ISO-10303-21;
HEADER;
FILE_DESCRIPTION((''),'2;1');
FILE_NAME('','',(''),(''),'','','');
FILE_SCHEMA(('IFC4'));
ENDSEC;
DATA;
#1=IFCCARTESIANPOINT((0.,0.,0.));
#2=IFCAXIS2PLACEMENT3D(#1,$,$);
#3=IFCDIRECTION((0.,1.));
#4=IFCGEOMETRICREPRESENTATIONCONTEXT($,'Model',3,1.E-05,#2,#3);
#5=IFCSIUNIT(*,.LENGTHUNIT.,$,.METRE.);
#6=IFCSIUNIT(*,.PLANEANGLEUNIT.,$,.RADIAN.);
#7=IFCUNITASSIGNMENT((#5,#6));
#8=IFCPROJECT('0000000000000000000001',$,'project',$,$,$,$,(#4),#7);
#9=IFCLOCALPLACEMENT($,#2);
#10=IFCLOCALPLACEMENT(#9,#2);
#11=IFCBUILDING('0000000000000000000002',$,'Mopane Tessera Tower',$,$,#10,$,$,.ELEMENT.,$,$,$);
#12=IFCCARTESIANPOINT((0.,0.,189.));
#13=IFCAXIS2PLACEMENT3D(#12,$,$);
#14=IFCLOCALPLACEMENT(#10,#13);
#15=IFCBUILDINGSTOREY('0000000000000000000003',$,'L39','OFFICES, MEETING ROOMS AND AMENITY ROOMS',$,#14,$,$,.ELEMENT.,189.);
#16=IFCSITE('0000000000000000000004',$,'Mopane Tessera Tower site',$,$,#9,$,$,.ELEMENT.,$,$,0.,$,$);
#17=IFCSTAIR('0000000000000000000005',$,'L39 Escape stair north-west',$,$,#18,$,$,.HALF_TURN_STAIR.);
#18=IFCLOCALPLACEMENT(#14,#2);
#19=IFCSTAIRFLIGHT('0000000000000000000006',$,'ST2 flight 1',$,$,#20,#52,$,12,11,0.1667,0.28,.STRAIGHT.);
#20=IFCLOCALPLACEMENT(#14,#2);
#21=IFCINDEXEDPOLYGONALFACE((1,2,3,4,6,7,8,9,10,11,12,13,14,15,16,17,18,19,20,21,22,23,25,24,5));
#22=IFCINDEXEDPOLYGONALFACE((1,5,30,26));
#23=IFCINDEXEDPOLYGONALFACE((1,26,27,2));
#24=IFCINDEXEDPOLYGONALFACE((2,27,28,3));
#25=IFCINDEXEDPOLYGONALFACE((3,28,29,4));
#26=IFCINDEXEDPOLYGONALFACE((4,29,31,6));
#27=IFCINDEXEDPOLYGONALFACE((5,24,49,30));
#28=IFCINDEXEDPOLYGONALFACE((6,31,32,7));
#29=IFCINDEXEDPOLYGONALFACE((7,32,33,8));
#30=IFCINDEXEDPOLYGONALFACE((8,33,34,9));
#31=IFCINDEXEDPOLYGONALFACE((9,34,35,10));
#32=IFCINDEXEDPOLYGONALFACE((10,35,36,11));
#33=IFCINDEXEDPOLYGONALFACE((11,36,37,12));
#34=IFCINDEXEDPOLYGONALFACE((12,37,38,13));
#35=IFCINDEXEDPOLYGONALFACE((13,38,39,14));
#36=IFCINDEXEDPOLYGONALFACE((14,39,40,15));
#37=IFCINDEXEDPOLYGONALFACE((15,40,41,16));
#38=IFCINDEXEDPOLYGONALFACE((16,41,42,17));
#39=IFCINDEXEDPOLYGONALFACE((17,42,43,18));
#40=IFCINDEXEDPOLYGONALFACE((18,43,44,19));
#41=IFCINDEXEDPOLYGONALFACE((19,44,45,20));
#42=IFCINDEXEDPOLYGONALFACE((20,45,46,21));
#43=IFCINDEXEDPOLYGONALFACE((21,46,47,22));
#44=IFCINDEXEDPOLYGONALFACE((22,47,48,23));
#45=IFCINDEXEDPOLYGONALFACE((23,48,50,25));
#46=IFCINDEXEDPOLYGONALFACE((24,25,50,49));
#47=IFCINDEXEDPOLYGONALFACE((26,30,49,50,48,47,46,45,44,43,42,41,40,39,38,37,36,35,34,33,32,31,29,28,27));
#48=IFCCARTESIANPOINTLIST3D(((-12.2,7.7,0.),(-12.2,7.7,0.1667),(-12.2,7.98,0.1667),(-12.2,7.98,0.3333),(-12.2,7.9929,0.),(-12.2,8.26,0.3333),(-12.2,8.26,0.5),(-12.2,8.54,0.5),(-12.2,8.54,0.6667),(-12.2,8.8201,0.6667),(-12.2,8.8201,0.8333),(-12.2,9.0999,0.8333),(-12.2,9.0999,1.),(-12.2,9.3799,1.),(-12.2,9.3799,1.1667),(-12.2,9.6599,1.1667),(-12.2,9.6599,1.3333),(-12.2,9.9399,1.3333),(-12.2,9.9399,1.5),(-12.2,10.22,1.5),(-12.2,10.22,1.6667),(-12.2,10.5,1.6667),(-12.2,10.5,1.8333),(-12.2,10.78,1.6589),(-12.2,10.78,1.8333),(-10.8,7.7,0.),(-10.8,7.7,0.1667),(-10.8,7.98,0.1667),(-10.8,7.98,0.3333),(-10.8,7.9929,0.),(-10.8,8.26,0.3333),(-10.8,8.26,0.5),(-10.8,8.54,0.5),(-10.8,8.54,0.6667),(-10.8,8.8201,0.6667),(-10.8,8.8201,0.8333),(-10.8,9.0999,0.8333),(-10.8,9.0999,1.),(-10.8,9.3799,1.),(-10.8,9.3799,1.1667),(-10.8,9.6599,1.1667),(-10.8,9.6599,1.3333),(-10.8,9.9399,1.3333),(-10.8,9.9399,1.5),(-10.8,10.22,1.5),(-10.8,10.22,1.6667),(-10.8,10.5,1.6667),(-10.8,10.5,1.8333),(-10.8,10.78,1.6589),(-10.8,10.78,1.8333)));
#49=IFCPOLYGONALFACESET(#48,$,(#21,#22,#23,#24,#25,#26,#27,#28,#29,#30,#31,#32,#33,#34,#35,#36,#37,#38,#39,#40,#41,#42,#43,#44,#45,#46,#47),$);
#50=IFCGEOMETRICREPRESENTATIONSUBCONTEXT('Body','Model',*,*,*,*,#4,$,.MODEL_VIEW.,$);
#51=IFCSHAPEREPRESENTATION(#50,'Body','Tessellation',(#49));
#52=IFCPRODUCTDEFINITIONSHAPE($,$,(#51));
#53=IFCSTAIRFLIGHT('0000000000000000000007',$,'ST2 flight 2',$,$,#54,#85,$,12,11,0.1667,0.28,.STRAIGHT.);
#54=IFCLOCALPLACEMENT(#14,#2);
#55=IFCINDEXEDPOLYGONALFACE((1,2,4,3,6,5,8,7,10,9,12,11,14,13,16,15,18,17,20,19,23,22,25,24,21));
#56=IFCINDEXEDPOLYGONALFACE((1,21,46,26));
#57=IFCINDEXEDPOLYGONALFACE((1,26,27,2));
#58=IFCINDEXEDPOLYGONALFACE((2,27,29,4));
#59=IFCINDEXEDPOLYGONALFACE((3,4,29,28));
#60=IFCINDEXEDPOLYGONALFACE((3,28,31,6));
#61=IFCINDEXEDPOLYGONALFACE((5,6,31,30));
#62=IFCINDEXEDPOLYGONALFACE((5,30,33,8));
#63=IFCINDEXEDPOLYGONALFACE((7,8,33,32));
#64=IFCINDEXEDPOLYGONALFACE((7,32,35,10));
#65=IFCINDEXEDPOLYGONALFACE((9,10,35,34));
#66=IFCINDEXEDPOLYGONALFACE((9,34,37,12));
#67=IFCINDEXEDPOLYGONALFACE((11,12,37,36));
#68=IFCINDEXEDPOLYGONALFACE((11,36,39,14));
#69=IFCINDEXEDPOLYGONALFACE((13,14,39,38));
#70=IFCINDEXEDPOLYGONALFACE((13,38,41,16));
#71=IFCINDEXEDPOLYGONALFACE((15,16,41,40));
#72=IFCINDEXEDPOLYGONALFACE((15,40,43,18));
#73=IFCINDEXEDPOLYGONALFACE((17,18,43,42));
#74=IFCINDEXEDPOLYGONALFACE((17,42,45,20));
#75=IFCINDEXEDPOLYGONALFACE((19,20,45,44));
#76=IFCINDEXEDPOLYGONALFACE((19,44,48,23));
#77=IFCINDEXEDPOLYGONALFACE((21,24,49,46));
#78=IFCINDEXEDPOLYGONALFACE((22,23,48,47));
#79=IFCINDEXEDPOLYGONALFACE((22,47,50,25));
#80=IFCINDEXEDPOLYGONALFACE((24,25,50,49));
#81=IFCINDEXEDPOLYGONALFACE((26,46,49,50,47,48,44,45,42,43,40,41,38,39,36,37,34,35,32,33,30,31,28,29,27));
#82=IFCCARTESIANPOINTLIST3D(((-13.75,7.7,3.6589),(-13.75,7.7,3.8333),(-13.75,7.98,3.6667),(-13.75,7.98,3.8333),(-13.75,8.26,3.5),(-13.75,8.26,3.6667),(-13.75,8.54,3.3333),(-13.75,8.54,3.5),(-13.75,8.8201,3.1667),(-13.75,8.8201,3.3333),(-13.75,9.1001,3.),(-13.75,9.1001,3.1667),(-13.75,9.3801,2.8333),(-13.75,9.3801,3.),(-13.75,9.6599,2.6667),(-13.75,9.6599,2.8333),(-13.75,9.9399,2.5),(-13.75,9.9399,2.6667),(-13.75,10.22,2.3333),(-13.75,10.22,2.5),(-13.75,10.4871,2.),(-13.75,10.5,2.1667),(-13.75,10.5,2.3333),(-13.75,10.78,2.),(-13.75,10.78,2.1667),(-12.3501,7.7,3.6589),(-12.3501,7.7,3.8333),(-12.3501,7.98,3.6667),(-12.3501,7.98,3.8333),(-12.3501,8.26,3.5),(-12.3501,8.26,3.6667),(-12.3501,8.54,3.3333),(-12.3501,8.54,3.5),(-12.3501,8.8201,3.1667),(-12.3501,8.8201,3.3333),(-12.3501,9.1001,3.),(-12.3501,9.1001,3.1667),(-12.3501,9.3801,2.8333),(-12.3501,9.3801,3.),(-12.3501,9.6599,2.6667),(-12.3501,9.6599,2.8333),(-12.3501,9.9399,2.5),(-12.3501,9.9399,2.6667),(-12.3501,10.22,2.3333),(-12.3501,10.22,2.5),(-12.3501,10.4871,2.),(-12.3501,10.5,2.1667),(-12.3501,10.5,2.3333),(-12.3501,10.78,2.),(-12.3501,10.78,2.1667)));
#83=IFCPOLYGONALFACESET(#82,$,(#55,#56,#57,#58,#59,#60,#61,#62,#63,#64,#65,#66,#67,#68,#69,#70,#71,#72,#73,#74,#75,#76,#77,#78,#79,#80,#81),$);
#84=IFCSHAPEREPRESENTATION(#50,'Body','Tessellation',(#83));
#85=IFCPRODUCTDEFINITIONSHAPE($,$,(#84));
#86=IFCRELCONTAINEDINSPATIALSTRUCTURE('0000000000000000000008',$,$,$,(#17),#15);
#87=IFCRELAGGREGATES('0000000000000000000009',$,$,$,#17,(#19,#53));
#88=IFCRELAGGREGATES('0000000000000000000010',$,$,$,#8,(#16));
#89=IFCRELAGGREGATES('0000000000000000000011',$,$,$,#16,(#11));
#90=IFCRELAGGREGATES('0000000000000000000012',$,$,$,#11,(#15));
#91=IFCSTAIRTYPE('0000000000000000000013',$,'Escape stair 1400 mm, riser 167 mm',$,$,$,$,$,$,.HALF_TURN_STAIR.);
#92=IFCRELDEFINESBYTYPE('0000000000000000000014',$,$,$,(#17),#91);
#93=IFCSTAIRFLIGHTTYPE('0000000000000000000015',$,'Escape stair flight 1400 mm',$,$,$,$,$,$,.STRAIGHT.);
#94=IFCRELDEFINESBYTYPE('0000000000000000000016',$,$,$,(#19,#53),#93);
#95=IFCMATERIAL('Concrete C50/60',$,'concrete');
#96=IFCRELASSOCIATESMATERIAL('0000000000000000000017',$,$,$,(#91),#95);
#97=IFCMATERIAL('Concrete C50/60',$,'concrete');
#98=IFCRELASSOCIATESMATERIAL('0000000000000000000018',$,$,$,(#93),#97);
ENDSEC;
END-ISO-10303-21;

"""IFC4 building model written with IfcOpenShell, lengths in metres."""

from ifc_helpers import new_model, si_unit, direction, frame, origin, place, context, subcontext, project, spatial, polyline, outline, extrude, material, type_object, element, aggregate, save


model = new_model("IFC4")

# Units and contexts
model_context = context("Model", 3, precision=1e-05, world=origin(), true_north=direction((0.0, 1.0)))
body_context = subcontext(model_context, "Body", "Model", "MODEL_VIEW")
ifc_project = project(units=[si_unit("LENGTHUNIT", "METRE"), si_unit("PLANEANGLEUNIT", "RADIAN")], contexts=[model_context])

# Site, building, storey
site_placement = place(None, origin())
site = spatial("IfcSite", under=ifc_project, at=site_placement, Name="Mopane Tessera Tower site", CompositionType="ELEMENT", RefElevation=0.0)
building_placement = place(site_placement, origin())
building = spatial("IfcBuilding", under=site, at=building_placement, Name="Mopane Tessera Tower", CompositionType="ELEMENT")
storey_placement = place(building_placement, frame((0.0, 0.0, 189.0)))
storey = spatial("IfcBuildingStorey", under=building, at=storey_placement, Name="L39", Description="OFFICES, MEETING ROOMS AND AMENITY ROOMS", CompositionType="ELEMENT", Elevation=189.0)

# Stair, stair flights
ifc_material_1 = material(Name="Concrete C50/60", Category="concrete")
stair_type = type_object("IfcStairType", Name="Escape stair 1400 mm, riser 167 mm", PredefinedType="HALF_TURN_STAIR", material=ifc_material_1)
stair_placement = place(storey_placement, origin())
stair = element("IfcStair", 1, at=stair_placement, inside=storey, type_object=stair_type, Name="L39 Escape stair north-west", PredefinedType="HALF_TURN_STAIR")
ifc_material_2 = material(Name="Concrete C50/60", Category="concrete")
stair_flight_type = type_object("IfcStairFlightType", Name="Escape stair flight 1400 mm", PredefinedType="STRAIGHT", material=ifc_material_2)
stair_flight_1_placement = place(storey_placement, frame((-11.5, 7.7, 0.0), z_axis=(0.0, 0.0, 1.0), x_axis=(0.0, 1.0, 0.0)))
stair_flight_1 = element("IfcStairFlight", 2, at=stair_flight_1_placement, type_object=stair_flight_type, Name="ST2 flight 1", NumberOfRisers=12, NumberOfTreads=11, PredefinedType="STRAIGHT", RiserHeight=0.1667, TreadLength=0.28, context=body_context, shape_type="SweptSolid", body=[
    extrude(outline(polyline([(0.0, 0.0), (0.0, 0.1667), (0.28, 0.1667), (0.28, 0.3333), (0.5601, 0.3333), (0.5601, 0.5), (0.8401, 0.5), (0.8401, 0.6667), (1.1201, 0.6667), (1.1201, 0.8333), (1.3999, 0.8333), (1.3999, 1.0), (1.6799, 1.0), (1.6799, 1.1667), (1.96, 1.1667), (1.96, 1.3333), (2.24, 1.3333), (2.24, 1.5), (2.52, 1.5), (2.52, 1.6667), (2.8, 1.6667), (2.8, 1.8333), (3.0801, 1.8333), (3.0801, 2.0), (3.0801, 1.6589), (0.293, 0.0), (0.0, 0.0)])), frame((0.0, 0.7, 0.0), z_axis=(0.0, -1.0, 0.0), x_axis=(1.0, 0.0, 0.0)), (0.0, 0.0, 1.0), 1.3999),
])
stair_flight_2_placement = place(storey_placement, frame((-13.05, 10.78, 2.0), z_axis=(0.0, 0.0, 1.0), x_axis=(0.0, -1.0, 0.0)))
stair_flight_2 = element("IfcStairFlight", 3, at=stair_flight_2_placement, type_object=stair_flight_type, Name="ST2 flight 2", NumberOfRisers=12, NumberOfTreads=11, PredefinedType="STRAIGHT", RiserHeight=0.1667, TreadLength=0.28, context=body_context, shape_type="SweptSolid", body=[
    extrude(outline(polyline([(0.0, 0.0), (0.0, 0.1667), (0.28, 0.1667), (0.28, 0.3333), (0.5601, 0.3333), (0.5601, 0.5), (0.8401, 0.5), (0.8401, 0.6667), (1.1201, 0.6667), (1.1201, 0.8333), (1.3999, 0.8333), (1.3999, 1.0), (1.6799, 1.0), (1.6799, 1.1667), (1.96, 1.1667), (1.96, 1.3333), (2.24, 1.3333), (2.24, 1.5), (2.52, 1.5), (2.52, 1.6667), (2.8, 1.6667), (2.8, 1.8333), (3.0801, 1.8333), (3.0801, 2.0), (3.0801, 1.6589), (0.293, 0.0), (0.0, 0.0)])), frame((0.0, 0.7, 0.0), z_axis=(0.0, -1.0, 0.0), x_axis=(1.0, 0.0, 0.0)), (0.0, 0.0, 1.0), 1.3999),
])
aggregate(stair, [stair_flight_1, stair_flight_2])

save(model, "model.ifc")
